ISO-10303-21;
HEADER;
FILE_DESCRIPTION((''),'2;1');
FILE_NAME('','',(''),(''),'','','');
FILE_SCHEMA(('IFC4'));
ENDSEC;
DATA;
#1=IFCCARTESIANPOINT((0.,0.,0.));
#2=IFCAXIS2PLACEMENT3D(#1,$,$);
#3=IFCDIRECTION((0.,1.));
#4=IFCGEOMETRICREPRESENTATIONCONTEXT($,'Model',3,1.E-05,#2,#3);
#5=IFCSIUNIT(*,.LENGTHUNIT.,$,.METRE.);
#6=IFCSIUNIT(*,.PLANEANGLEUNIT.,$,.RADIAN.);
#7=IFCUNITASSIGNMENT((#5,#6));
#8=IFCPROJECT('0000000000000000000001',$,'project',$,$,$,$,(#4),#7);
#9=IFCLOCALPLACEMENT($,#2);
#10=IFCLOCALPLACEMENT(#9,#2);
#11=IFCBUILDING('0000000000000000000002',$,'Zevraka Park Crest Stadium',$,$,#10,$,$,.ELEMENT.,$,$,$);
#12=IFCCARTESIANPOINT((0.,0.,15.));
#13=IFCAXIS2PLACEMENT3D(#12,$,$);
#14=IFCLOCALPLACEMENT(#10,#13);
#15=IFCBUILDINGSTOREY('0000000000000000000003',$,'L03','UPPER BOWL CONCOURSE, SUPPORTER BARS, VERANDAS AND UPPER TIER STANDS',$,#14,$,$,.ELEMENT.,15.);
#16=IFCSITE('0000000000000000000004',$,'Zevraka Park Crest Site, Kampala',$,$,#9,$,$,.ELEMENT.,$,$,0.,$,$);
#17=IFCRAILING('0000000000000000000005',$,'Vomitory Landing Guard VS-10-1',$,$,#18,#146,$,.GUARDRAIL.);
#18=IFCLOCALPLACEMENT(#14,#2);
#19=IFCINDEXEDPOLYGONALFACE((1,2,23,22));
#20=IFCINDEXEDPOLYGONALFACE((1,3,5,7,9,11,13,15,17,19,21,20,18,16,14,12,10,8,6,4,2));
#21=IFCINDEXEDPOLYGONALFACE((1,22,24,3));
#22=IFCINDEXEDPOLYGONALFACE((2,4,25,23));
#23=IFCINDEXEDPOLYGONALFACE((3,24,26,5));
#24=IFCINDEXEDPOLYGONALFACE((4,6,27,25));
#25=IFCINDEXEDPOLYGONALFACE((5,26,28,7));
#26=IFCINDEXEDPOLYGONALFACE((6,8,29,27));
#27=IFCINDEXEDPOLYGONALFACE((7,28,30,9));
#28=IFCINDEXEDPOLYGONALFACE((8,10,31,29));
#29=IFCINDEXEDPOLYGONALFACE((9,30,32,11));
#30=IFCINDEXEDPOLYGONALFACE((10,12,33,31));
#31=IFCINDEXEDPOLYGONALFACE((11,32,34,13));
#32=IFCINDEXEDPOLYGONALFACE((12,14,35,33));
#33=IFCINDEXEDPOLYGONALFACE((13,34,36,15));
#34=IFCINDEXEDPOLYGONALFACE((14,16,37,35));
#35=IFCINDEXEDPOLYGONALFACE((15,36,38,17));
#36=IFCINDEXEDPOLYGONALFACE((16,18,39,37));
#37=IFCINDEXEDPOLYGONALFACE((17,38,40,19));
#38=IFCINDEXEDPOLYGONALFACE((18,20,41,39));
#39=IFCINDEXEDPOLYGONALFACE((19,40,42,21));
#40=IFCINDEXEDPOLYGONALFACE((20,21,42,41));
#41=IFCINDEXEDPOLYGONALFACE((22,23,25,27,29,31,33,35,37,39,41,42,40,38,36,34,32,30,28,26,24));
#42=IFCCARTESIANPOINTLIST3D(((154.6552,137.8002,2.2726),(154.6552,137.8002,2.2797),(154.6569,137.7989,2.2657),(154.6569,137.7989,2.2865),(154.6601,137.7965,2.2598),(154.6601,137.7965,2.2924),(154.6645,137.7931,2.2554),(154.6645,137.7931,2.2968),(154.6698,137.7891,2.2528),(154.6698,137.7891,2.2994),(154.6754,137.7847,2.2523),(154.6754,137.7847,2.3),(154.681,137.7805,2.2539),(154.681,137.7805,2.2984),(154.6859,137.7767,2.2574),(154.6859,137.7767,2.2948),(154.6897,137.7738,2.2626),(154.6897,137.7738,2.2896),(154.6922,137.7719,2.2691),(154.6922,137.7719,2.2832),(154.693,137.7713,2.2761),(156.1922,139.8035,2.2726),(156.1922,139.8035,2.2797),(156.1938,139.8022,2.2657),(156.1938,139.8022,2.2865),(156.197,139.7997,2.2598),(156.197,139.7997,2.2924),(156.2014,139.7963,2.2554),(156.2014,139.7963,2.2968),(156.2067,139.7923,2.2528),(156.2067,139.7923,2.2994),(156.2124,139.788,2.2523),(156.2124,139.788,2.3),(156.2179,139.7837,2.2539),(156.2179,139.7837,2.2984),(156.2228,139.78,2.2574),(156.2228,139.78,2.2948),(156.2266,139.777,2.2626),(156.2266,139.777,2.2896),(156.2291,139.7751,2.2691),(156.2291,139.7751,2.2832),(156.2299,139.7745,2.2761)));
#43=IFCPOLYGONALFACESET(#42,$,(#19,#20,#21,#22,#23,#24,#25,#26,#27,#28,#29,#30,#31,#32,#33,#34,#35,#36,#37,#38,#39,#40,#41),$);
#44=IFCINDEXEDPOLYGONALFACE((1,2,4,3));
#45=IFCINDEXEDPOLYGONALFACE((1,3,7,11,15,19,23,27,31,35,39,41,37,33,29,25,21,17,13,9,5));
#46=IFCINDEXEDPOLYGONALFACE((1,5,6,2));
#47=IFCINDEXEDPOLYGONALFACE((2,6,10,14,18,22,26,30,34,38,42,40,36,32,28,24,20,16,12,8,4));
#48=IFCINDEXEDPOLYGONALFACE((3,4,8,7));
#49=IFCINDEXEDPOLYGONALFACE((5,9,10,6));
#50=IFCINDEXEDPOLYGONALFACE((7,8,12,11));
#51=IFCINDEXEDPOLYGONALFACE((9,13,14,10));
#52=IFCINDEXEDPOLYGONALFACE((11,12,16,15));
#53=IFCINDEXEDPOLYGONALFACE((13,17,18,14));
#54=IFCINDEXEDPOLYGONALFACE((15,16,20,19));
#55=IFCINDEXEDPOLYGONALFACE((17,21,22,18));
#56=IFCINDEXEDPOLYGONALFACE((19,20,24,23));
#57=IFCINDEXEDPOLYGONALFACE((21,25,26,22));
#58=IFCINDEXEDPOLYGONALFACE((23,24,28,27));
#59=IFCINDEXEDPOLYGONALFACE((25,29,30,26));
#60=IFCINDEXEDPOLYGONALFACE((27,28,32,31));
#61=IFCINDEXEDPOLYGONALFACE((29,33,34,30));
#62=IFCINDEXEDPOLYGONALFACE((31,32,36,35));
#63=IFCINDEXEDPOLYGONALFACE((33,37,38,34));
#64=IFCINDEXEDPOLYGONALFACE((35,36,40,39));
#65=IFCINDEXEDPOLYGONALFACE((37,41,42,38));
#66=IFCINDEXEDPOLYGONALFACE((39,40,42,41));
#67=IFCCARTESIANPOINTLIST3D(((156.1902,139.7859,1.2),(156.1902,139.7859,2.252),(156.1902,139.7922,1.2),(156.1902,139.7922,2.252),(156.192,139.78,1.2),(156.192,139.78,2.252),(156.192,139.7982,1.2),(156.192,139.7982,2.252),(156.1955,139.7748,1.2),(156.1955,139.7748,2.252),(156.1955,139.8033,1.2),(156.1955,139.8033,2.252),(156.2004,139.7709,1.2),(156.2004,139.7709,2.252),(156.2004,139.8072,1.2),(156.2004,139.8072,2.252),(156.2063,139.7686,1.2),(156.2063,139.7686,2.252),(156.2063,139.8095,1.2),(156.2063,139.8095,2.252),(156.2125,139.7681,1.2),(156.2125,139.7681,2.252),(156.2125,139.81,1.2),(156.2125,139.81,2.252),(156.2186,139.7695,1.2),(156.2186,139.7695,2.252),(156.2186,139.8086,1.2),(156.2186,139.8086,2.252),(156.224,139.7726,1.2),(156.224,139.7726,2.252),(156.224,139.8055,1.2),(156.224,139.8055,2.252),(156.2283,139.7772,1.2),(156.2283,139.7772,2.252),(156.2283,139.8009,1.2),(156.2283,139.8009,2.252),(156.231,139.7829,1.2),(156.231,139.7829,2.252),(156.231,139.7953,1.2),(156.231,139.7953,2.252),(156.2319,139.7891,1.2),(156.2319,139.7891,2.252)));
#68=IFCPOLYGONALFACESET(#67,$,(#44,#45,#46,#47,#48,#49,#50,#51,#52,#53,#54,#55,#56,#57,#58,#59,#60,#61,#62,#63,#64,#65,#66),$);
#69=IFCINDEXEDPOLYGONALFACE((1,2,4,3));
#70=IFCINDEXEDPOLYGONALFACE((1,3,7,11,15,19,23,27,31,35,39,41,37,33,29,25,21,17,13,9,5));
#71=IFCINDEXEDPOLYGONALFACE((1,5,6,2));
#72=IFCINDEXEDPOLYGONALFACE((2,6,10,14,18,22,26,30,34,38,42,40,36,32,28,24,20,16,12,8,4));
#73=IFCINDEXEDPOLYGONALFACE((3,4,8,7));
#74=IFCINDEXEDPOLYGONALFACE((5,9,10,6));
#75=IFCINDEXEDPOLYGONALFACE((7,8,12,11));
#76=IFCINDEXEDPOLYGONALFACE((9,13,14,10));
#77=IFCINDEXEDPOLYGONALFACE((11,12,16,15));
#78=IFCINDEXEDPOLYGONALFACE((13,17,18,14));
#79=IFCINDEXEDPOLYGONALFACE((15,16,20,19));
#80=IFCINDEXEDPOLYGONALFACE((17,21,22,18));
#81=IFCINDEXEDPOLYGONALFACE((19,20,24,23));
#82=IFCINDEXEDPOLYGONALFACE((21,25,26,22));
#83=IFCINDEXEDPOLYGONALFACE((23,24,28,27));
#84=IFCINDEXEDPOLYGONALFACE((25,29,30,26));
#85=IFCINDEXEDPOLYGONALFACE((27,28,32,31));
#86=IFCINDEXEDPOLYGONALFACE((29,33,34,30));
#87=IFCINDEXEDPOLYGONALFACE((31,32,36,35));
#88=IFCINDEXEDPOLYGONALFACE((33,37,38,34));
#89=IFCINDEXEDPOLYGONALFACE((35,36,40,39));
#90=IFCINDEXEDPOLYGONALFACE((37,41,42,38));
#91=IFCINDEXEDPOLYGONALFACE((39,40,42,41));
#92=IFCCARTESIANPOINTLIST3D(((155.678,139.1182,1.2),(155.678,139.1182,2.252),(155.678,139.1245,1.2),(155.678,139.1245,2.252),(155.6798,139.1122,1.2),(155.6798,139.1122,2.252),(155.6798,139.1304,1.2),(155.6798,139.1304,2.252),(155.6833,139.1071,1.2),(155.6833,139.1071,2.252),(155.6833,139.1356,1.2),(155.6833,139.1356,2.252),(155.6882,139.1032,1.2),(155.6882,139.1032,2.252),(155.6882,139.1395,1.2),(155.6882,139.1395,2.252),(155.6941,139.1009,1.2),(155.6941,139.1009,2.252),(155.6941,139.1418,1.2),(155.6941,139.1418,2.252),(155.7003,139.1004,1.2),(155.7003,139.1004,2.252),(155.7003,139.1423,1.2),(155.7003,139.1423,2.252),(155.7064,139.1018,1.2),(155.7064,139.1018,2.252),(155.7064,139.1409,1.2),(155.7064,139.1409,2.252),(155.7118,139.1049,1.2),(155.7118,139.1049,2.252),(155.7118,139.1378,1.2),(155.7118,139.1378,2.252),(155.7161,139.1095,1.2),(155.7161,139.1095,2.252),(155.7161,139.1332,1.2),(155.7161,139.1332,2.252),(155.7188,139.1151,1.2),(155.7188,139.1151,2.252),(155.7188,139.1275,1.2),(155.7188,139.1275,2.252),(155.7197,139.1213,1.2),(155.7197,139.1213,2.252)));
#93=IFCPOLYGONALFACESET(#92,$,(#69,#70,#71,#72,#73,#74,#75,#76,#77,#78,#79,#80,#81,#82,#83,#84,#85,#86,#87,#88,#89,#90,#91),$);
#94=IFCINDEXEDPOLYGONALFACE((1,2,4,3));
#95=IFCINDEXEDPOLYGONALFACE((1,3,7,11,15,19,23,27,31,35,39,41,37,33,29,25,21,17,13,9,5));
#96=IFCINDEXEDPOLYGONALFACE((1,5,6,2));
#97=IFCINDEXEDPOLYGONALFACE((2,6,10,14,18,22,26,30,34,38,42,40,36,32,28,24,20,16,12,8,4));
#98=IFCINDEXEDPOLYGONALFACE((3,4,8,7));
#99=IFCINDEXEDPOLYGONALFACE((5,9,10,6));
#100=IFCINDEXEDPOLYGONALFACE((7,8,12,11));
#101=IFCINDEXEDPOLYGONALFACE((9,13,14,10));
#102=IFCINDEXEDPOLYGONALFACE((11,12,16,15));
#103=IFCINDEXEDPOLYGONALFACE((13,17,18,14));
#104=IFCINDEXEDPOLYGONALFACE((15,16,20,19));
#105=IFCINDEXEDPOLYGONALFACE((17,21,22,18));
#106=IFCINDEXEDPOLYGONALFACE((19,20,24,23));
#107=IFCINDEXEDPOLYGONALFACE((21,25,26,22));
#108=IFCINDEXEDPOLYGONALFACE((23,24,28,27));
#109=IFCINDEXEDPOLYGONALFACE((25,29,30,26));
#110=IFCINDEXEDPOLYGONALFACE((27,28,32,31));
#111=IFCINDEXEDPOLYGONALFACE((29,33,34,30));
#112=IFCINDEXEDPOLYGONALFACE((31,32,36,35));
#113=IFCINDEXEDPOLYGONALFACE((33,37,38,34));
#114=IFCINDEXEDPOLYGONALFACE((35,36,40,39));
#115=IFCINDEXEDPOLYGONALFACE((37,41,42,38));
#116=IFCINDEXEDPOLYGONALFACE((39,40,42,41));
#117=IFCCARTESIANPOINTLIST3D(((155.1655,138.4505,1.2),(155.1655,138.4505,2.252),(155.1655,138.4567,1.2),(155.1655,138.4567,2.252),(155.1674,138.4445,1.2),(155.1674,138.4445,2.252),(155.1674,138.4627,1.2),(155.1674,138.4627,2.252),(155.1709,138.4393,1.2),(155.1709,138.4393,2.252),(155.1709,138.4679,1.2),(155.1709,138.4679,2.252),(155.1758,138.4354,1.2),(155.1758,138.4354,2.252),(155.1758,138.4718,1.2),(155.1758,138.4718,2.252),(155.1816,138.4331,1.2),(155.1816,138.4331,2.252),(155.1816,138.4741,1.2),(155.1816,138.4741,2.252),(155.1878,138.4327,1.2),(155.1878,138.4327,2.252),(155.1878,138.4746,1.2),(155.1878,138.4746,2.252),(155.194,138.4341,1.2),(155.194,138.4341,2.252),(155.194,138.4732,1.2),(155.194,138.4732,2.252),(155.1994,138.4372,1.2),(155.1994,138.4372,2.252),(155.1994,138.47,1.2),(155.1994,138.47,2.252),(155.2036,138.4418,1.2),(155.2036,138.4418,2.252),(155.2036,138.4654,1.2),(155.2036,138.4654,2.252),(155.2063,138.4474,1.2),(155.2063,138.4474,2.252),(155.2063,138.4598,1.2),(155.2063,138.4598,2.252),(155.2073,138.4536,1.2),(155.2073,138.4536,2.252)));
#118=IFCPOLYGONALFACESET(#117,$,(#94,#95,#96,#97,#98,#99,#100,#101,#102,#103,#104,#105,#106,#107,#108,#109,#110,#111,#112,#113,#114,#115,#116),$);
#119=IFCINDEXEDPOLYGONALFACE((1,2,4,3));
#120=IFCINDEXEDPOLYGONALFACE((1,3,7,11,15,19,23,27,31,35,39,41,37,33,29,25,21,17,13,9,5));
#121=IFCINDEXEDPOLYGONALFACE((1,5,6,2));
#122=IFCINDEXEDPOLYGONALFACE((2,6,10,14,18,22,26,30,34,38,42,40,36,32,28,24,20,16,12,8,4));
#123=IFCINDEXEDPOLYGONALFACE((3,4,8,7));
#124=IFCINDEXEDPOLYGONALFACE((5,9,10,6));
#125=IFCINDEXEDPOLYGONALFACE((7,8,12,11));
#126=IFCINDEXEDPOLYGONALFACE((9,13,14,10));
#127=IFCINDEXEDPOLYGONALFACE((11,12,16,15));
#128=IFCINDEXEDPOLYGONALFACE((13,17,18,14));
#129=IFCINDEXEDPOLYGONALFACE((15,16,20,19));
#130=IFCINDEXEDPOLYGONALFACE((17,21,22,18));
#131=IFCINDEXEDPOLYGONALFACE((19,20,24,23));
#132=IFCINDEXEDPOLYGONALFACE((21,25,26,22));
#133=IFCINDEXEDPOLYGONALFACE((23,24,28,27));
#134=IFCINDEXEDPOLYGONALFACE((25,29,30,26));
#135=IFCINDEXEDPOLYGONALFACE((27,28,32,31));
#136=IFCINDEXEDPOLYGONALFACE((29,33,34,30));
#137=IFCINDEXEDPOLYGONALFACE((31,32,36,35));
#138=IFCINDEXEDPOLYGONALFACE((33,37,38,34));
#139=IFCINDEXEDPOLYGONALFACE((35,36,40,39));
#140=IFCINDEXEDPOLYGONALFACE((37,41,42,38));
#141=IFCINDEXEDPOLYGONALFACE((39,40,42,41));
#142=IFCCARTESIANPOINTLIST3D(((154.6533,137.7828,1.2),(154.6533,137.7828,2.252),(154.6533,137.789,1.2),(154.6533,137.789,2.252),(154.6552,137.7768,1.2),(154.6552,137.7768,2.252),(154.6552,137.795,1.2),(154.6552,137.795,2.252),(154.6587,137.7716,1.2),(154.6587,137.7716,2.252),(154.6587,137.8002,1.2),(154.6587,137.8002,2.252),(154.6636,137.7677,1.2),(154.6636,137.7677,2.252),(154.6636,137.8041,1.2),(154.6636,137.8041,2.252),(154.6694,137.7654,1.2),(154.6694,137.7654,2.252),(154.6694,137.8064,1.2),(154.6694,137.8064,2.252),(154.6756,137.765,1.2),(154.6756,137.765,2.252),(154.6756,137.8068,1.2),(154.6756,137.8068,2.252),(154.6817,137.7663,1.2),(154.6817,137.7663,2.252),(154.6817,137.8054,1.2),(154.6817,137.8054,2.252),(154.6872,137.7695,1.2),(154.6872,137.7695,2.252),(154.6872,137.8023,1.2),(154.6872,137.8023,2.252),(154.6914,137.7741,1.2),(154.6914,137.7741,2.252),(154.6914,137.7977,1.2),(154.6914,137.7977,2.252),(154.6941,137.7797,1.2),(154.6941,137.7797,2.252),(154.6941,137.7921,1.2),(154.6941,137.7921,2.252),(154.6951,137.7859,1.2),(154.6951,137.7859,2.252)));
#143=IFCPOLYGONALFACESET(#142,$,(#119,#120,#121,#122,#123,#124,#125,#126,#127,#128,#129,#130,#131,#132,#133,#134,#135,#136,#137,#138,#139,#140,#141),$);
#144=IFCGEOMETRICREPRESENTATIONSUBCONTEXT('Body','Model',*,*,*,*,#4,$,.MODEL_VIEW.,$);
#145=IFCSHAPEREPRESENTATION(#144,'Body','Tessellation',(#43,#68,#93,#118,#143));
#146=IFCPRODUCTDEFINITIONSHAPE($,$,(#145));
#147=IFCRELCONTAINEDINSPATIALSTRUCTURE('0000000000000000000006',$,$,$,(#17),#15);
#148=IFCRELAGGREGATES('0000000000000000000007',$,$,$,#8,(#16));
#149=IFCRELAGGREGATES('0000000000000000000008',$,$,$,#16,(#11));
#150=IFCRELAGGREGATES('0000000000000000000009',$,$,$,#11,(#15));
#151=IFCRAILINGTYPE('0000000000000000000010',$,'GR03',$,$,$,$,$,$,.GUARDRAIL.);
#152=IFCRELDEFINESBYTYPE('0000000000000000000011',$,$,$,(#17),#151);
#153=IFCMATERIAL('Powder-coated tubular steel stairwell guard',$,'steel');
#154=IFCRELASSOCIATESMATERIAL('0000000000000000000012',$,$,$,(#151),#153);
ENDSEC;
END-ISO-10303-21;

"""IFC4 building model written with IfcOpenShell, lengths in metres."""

from ifc_helpers import new_model, si_unit, direction, frame, origin, origin_2d, place, context, subcontext, project, spatial, circle, extrude, material, type_object, element, save


model = new_model("IFC4")

# Units and contexts
model_context = context("Model", 3, precision=1e-05, world=origin(), true_north=direction((0.0, 1.0)))
body_context = subcontext(model_context, "Body", "Model", "MODEL_VIEW")
ifc_project = project(units=[si_unit("LENGTHUNIT", "METRE"), si_unit("PLANEANGLEUNIT", "RADIAN")], contexts=[model_context])

# Site, building, storey
site_placement = place(None, origin())
site = spatial("IfcSite", under=ifc_project, at=site_placement, Name="Zevraka Park Crest Site, Kampala", CompositionType="ELEMENT", RefElevation=0.0)
building_placement = place(site_placement, origin())
building = spatial("IfcBuilding", under=site, at=building_placement, Name="Zevraka Park Crest Stadium", CompositionType="ELEMENT")
storey_placement = place(building_placement, frame((0.0, 0.0, 15.0)))
storey = spatial("IfcBuildingStorey", under=building, at=storey_placement, Name="L03", Description="UPPER BOWL CONCOURSE, SUPPORTER BARS, VERANDAS AND UPPER TIER STANDS", CompositionType="ELEMENT", Elevation=15.0)

# Railing
ifc_material_1 = material(Name="Powder-coated tubular steel stairwell guard", Category="steel")
railing_type_1 = type_object("IfcRailingType", Name="GR03", PredefinedType="GUARDRAIL", material=ifc_material_1)
railing_1_placement = place(storey_placement, frame((156.2109, 139.7891, 1.2)))
element("IfcRailing", 1, at=railing_1_placement, inside=storey, type_object=railing_type_1, Name="Vomitory Landing Guard VS-10-1", PredefinedType="GUARDRAIL", context=body_context, shape_type="SweptSolid", body=[
    extrude(circle(Radius=0.0239, at=origin_2d()), frame((0.0, 0.0, 1.0762), z_axis=(-0.608706, -0.793396, 0.0), x_axis=(0.793396, -0.608706, 0.0)), (0.0, 0.0, 1.0), 2.5249),
    extrude(circle(Radius=0.021, at=origin_2d()), origin(), (0.0, 0.0, 1.0), 1.052),
    extrude(circle(Radius=0.021, at=origin_2d()), frame((-0.5122, -0.6677, 0.0)), (0.0, 0.0, 1.0), 1.052),
    extrude(circle(Radius=0.021, at=origin_2d()), frame((-1.0247, -1.3354, 0.0)), (0.0, 0.0, 1.0), 1.052),
    extrude(circle(Radius=0.021, at=origin_2d()), frame((-1.5369, -2.0032, 0.0)), (0.0, 0.0, 1.0), 1.052),
])

save(model, "model.ifc")
